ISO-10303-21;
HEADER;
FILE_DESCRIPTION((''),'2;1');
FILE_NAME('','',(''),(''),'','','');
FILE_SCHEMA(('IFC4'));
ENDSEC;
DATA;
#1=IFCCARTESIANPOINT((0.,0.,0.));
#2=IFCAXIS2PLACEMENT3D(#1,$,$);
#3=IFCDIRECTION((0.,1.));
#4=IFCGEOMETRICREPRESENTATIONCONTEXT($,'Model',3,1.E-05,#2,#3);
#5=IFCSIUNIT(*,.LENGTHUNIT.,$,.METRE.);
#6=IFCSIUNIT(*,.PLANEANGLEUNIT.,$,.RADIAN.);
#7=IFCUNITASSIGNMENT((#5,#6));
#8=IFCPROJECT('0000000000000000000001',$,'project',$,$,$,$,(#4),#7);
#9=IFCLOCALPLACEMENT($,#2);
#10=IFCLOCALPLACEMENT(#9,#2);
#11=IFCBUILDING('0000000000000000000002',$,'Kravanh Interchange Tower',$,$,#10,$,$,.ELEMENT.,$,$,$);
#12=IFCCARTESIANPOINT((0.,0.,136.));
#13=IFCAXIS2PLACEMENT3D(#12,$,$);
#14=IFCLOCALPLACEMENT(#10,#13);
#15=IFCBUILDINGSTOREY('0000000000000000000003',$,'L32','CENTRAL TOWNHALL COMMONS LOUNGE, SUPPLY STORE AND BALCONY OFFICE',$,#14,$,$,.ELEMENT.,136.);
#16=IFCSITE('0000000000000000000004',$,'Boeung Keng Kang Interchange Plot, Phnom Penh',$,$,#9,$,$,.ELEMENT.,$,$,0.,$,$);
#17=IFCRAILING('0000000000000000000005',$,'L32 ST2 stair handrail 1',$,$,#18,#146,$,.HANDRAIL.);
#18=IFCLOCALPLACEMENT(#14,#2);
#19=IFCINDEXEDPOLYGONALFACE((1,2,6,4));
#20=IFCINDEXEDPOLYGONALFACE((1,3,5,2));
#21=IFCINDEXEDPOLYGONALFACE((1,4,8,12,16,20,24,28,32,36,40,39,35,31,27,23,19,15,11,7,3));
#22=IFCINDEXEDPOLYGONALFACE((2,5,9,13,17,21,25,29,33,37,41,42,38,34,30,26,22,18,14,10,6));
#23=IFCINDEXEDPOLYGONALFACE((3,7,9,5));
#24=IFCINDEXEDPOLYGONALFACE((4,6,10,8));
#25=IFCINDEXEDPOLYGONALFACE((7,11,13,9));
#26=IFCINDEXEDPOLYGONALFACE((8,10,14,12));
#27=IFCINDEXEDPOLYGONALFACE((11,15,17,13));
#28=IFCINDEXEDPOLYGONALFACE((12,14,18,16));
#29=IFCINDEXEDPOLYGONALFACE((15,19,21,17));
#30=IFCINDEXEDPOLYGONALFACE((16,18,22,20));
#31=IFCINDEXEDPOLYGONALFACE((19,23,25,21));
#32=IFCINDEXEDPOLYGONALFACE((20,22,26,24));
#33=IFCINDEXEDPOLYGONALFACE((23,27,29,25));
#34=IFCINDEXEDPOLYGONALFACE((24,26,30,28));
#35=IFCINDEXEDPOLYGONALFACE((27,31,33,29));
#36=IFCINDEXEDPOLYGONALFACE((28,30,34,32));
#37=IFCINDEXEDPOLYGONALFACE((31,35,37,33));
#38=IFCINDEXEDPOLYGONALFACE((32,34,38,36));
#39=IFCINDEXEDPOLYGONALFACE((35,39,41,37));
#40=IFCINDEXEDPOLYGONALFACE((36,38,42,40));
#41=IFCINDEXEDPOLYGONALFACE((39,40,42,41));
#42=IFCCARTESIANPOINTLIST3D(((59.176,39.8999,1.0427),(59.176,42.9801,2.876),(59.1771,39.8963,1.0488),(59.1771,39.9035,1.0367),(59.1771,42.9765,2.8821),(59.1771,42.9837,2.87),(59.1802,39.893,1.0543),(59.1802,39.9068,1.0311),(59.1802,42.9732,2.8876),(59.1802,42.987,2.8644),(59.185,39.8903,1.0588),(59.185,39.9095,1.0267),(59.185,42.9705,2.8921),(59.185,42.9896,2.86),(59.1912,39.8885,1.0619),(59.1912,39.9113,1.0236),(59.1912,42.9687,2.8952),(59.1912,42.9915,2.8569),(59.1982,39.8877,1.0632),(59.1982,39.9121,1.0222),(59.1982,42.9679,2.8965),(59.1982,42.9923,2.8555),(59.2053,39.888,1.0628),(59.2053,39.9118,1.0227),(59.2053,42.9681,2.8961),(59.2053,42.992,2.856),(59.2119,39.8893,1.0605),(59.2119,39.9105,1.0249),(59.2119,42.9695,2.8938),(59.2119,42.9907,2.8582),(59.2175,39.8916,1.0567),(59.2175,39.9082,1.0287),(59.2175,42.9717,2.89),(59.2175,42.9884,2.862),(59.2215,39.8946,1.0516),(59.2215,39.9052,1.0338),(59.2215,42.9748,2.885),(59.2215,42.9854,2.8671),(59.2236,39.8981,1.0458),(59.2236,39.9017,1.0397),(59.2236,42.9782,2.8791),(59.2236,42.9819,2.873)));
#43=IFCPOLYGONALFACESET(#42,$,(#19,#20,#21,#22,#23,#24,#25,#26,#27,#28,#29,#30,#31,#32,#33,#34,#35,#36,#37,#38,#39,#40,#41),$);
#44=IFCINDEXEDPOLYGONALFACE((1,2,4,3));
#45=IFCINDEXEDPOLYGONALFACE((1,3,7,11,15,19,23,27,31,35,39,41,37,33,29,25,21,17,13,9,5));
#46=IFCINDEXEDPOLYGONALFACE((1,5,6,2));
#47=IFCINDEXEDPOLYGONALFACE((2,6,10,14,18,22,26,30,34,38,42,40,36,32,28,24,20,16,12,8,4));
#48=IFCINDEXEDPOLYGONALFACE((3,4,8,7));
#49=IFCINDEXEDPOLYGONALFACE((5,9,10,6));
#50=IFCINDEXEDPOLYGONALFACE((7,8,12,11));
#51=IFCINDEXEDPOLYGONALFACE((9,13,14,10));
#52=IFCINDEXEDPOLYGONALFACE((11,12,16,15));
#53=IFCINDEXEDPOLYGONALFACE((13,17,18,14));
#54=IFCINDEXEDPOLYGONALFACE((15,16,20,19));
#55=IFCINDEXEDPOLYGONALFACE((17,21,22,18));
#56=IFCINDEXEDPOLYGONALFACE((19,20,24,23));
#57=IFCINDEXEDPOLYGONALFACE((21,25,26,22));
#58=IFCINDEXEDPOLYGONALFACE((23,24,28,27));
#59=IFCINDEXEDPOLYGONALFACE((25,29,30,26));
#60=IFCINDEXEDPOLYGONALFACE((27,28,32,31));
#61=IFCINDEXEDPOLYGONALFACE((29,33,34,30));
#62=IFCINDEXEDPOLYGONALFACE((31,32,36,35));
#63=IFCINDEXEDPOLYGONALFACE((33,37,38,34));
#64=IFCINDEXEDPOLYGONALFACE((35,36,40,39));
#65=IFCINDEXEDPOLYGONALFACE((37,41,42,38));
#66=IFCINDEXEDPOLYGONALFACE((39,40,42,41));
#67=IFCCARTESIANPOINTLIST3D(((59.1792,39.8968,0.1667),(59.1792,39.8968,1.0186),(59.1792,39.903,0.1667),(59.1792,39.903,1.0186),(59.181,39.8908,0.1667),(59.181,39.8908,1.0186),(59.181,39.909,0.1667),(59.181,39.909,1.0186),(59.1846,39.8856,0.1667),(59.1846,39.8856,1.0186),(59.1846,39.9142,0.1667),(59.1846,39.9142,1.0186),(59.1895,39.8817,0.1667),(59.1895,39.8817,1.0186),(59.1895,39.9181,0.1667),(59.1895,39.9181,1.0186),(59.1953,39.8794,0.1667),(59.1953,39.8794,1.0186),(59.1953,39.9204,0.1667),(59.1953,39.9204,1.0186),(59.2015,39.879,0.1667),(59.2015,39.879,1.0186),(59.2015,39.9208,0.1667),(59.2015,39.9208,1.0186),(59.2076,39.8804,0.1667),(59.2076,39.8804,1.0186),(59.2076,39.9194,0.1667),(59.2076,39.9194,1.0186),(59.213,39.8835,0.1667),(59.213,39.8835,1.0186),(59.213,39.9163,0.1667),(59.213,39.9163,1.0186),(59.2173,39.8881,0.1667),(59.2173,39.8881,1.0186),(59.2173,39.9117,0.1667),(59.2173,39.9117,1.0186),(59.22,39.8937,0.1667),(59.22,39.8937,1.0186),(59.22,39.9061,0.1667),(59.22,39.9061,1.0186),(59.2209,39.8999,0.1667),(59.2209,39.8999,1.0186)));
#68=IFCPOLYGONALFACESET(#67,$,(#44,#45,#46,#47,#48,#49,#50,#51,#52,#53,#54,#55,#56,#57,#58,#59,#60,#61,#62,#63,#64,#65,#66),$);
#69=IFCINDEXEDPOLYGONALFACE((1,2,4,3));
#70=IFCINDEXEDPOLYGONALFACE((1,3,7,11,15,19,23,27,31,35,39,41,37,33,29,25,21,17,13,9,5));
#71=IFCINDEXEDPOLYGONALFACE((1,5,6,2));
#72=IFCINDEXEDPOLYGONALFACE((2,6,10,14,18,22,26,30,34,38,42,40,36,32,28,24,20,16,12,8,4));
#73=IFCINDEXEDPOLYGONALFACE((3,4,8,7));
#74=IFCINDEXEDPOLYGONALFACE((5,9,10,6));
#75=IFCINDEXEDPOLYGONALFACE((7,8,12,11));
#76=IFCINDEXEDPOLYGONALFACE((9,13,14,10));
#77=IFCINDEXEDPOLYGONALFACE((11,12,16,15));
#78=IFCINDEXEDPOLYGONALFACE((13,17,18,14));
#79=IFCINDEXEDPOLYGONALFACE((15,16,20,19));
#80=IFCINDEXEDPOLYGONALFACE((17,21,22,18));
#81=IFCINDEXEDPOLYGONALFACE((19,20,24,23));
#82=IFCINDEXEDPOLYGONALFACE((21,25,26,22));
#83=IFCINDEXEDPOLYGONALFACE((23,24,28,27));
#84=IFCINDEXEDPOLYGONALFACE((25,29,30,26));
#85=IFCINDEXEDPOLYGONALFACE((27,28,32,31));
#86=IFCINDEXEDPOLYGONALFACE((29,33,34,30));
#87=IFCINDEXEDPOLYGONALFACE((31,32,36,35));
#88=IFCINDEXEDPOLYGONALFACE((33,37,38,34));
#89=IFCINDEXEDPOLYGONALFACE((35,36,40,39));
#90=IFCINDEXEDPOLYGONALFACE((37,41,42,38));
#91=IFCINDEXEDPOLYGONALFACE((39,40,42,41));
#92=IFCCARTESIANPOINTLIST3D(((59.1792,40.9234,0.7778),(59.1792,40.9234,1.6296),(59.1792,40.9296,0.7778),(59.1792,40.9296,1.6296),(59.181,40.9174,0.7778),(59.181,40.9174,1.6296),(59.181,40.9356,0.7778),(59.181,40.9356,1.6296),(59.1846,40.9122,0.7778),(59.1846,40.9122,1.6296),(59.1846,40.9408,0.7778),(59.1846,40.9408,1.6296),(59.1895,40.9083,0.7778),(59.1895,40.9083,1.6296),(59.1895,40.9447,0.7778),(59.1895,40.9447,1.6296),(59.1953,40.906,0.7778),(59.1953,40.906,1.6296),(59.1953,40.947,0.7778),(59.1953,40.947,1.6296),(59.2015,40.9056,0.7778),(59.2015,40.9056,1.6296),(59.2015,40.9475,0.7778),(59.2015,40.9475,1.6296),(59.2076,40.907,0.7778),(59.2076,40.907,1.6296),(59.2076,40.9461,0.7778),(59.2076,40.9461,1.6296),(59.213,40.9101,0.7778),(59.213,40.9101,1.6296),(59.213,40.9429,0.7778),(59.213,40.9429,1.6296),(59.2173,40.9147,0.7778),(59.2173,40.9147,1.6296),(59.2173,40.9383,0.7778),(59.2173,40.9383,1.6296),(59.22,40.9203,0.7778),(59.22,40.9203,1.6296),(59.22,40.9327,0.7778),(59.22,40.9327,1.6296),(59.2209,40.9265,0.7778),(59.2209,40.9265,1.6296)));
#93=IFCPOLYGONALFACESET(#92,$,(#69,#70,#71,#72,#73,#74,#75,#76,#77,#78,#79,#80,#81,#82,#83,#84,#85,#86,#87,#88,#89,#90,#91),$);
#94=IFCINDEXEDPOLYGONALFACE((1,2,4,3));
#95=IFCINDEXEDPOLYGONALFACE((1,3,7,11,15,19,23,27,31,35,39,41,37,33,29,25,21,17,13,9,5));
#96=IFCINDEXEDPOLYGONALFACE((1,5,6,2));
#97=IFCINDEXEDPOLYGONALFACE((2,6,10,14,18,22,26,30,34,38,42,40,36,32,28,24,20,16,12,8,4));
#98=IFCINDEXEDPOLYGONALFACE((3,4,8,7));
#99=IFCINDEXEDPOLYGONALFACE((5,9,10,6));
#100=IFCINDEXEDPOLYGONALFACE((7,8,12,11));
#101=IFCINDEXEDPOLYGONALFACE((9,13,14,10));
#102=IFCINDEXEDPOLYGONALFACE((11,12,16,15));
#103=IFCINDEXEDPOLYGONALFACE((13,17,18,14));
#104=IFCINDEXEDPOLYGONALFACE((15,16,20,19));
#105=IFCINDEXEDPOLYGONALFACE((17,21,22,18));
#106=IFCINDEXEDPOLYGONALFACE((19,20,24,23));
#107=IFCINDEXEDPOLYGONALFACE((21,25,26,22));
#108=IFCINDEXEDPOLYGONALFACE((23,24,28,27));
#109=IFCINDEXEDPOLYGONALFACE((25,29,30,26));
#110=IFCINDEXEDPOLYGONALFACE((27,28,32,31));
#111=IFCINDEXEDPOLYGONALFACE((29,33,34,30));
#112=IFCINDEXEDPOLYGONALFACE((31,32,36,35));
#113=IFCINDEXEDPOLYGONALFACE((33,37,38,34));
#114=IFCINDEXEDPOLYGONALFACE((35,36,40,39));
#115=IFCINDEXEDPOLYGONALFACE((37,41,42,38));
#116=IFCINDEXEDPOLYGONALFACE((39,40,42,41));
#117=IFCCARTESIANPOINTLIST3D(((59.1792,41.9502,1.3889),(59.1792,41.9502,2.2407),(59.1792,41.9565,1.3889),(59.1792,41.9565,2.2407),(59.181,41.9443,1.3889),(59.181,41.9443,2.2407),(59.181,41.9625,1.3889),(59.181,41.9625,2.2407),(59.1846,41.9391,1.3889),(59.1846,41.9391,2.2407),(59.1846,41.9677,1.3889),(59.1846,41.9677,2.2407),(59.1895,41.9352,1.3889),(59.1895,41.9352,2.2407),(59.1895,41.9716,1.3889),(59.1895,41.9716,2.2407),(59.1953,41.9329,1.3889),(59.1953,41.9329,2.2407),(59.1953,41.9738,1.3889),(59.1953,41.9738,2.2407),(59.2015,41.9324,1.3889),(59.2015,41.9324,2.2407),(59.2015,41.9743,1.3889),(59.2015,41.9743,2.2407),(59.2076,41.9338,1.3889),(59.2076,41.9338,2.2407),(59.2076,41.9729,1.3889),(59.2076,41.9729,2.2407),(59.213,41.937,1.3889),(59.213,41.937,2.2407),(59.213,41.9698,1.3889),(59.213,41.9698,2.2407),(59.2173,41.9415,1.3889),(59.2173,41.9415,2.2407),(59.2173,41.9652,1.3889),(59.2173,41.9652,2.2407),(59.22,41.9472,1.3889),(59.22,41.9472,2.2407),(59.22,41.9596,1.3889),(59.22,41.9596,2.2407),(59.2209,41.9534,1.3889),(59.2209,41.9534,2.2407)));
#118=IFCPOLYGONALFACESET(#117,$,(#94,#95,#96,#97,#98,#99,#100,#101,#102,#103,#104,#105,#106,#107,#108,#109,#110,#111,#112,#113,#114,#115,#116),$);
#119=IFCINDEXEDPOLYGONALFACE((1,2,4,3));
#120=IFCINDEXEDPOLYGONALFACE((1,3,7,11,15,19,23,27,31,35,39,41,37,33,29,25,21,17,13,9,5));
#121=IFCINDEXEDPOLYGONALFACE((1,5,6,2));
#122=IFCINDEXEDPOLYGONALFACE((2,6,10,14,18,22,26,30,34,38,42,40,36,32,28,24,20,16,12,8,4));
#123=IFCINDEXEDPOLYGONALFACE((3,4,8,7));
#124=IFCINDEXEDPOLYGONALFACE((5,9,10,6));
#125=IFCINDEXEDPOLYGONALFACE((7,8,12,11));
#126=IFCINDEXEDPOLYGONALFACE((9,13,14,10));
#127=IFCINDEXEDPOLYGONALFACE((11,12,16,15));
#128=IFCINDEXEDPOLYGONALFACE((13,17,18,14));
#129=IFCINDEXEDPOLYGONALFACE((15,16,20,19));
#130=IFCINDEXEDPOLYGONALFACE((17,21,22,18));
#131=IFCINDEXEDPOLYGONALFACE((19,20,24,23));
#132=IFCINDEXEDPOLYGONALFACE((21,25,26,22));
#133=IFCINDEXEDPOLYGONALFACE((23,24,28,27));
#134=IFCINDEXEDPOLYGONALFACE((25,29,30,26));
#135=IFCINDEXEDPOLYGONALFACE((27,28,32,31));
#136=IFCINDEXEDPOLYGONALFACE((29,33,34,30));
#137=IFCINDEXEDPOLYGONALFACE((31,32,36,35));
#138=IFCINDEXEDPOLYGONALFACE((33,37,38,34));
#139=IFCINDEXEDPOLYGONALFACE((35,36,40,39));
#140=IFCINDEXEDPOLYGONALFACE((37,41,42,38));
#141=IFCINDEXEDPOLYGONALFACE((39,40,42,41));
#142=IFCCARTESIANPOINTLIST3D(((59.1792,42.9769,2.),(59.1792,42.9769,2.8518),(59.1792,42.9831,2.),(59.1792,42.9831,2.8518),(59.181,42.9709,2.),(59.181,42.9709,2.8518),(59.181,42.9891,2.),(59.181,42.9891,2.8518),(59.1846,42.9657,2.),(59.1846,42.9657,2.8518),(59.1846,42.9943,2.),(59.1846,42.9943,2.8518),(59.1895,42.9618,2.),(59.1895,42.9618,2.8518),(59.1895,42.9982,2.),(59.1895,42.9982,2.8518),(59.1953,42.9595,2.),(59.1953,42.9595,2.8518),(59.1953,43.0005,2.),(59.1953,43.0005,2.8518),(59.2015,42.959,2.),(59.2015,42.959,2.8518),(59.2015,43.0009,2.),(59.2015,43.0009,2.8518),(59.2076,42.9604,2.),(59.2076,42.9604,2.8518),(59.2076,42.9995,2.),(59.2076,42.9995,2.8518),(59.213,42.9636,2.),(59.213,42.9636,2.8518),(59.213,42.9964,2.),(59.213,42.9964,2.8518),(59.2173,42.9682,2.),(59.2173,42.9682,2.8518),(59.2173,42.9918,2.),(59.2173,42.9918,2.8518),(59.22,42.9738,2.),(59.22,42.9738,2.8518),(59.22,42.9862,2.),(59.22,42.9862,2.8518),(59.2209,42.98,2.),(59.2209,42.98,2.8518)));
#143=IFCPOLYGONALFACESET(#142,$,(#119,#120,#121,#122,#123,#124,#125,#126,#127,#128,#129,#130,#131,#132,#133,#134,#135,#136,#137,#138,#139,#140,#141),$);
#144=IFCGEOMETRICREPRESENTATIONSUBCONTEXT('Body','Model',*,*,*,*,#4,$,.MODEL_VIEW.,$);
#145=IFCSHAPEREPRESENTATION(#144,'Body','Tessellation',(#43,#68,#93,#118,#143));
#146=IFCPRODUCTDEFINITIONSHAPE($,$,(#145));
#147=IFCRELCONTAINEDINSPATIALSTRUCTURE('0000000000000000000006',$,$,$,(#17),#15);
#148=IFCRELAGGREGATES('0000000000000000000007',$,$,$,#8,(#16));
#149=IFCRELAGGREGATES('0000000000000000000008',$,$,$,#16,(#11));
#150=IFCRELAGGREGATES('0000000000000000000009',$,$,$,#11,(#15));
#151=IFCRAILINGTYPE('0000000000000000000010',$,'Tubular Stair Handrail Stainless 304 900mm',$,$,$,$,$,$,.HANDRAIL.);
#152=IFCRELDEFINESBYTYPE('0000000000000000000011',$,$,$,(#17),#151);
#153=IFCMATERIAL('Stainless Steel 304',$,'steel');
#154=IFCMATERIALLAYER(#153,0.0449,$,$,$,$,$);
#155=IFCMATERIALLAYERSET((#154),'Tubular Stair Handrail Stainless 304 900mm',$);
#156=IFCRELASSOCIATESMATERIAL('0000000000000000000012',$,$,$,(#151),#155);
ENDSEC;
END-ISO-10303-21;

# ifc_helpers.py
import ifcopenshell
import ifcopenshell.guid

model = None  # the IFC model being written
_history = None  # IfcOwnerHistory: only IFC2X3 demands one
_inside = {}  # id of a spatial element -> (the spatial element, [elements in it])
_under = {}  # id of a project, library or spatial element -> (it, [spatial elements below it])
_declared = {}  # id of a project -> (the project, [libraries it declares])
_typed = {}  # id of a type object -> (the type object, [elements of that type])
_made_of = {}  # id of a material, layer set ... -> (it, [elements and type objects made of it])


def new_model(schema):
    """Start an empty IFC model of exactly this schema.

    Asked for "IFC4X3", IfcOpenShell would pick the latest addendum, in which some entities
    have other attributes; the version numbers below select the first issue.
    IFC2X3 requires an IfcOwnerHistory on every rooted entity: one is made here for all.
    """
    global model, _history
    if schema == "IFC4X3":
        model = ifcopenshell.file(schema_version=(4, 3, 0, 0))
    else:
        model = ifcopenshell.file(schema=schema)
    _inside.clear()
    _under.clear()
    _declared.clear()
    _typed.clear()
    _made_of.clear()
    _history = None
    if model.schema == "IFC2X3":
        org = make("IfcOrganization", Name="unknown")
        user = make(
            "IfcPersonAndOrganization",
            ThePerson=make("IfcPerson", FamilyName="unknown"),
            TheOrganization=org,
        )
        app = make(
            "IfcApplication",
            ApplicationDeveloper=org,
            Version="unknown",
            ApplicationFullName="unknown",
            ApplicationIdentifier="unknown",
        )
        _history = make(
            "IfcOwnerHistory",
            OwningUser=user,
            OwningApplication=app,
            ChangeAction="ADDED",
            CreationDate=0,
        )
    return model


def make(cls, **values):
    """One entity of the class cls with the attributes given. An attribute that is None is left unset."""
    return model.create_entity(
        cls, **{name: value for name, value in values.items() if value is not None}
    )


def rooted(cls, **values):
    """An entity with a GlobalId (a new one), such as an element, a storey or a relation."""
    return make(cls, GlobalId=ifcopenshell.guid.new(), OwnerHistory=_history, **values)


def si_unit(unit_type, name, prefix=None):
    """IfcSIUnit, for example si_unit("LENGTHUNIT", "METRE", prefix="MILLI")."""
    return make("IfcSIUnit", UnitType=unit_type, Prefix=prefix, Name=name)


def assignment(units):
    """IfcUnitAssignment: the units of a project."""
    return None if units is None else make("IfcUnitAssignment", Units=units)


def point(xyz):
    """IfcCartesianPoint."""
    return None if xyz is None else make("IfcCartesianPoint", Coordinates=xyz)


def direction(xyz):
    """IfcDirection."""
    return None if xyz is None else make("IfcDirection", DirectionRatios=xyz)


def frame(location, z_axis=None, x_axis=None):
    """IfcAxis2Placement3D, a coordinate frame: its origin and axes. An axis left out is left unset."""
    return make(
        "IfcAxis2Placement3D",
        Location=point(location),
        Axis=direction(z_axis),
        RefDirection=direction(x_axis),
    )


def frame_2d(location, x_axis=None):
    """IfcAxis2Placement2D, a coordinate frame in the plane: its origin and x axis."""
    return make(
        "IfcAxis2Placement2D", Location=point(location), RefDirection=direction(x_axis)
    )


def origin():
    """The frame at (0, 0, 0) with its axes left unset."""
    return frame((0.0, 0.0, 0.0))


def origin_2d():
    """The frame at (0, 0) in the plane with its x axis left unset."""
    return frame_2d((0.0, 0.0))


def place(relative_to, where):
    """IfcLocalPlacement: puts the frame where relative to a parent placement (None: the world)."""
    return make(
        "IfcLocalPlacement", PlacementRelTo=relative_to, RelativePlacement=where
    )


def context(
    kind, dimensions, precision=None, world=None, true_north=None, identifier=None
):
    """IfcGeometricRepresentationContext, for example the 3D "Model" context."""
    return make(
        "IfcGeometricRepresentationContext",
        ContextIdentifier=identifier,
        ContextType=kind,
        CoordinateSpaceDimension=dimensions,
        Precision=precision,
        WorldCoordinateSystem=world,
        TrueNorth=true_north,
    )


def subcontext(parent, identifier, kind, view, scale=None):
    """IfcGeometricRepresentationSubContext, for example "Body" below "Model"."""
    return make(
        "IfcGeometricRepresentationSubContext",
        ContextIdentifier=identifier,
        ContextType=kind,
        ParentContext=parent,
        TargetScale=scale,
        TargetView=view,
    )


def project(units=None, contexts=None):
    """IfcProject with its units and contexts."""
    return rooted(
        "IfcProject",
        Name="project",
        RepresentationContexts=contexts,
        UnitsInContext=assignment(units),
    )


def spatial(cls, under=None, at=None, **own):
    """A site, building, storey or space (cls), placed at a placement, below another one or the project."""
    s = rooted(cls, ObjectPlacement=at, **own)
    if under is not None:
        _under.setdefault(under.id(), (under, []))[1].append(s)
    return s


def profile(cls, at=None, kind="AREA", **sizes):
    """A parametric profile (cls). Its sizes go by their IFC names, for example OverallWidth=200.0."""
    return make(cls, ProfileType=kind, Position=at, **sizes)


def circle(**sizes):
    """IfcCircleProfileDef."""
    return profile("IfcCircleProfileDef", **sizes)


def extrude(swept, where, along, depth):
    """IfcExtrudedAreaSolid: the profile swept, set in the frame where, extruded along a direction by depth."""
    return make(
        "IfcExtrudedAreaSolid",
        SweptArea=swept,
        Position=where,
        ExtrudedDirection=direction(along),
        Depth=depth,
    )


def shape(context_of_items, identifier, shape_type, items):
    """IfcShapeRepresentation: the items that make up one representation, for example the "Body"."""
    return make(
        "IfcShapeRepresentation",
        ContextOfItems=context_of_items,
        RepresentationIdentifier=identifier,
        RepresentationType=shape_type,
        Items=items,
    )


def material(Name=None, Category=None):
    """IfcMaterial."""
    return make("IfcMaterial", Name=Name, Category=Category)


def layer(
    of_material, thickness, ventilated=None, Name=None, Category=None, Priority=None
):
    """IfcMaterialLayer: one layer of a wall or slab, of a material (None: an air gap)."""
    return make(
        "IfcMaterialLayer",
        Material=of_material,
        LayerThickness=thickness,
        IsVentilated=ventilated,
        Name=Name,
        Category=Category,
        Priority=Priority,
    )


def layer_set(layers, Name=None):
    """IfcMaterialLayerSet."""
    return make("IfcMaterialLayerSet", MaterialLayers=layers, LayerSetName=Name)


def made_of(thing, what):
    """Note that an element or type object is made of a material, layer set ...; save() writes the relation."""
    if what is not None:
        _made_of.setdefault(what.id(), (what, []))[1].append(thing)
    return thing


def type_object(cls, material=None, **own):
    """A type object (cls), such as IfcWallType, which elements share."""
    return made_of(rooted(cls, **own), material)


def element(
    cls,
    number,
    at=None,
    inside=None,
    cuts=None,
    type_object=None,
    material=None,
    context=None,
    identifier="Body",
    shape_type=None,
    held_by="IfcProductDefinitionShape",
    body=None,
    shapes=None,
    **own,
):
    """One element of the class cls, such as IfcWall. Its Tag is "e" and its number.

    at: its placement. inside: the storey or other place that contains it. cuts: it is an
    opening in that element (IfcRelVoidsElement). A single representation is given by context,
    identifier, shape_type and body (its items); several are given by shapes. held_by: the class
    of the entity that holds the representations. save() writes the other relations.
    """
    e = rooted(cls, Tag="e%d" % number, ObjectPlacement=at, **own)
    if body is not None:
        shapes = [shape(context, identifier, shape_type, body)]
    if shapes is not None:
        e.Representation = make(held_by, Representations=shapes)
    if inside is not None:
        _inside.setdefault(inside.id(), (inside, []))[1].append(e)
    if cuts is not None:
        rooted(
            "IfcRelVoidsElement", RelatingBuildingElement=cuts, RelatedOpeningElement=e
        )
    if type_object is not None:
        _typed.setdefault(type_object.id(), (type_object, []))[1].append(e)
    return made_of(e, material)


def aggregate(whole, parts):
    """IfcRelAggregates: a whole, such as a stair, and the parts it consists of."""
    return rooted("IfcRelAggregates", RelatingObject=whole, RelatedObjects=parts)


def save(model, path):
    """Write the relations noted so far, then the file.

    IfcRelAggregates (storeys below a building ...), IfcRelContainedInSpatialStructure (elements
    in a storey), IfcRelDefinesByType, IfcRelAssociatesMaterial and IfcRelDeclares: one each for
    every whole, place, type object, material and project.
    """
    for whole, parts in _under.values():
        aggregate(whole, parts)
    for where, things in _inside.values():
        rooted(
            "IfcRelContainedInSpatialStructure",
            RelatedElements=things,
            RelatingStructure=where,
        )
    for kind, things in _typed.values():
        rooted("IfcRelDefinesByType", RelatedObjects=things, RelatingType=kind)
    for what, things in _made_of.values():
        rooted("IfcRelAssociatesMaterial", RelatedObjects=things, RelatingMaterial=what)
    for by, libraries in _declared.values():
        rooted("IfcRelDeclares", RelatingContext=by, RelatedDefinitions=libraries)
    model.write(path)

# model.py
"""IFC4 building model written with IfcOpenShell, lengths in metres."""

from ifc_helpers import new_model, si_unit, direction, frame, origin, origin_2d, place, context, subcontext, project, spatial, circle, extrude, material, layer, layer_set, type_object, element, save


model = new_model("IFC4")

# Units and contexts
model_context = context("Model", 3, precision=1e-05, world=origin(), true_north=direction((0.0, 1.0)))
body_context = subcontext(model_context, "Body", "Model", "MODEL_VIEW")
ifc_project = project(units=[si_unit("LENGTHUNIT", "METRE"), si_unit("PLANEANGLEUNIT", "RADIAN")], contexts=[model_context])

# Site, building, storey
site_placement = place(None, origin())
site = spatial("IfcSite", under=ifc_project, at=site_placement, Name="Boeung Keng Kang Interchange Plot, Phnom Penh", CompositionType="ELEMENT", RefElevation=0.0)
building_placement = place(site_placement, origin())
building = spatial("IfcBuilding", under=site, at=building_placement, Name="Kravanh Interchange Tower", CompositionType="ELEMENT")
storey_placement = place(building_placement, frame((0.0, 0.0, 136.0)))
storey = spatial("IfcBuildingStorey", under=building, at=storey_placement, Name="L32", Description="CENTRAL TOWNHALL COMMONS LOUNGE, SUPPLY STORE AND BALCONY OFFICE", CompositionType="ELEMENT", Elevation=136.0)

# Railing
ifc_material_1 = material(Name="Stainless Steel 304", Category="steel")
ifc_layer_1 = layer(ifc_material_1, 0.0449)
ifc_layer_set_1 = layer_set([ifc_layer_1], Name="Tubular Stair Handrail Stainless 304 900mm")
railing_type_1 = type_object("IfcRailingType", Name="Tubular Stair Handrail Stainless 304 900mm", PredefinedType="HANDRAIL", material=ifc_layer_set_1)
railing_1_placement = place(storey_placement, frame((59.2, 39.8999, 0.1667)))
element("IfcRailing", 1, at=railing_1_placement, inside=storey, type_object=railing_type_1, Name="L32 ST2 stair handrail 1", PredefinedType="HANDRAIL", context=body_context, shape_type="SweptSolid", body=[
    extrude(circle(Radius=0.0239, at=origin_2d()), frame((0.0, 0.0, 0.876), z_axis=(0.0, 0.859309, 0.511458), x_axis=(-1.0, 0.0, 0.0)), (0.0, 0.0, 1.0), 3.5845),
    extrude(circle(Radius=0.021, at=origin_2d()), origin(), (0.0, 0.0, 1.0), 0.8518),
    extrude(circle(Radius=0.021, at=origin_2d()), frame((0.0, 1.0266, 0.6111)), (0.0, 0.0, 1.0), 0.8518),
    extrude(circle(Radius=0.021, at=origin_2d()), frame((0.0, 2.0535, 1.2222)), (0.0, 0.0, 1.0), 0.8518),
    extrude(circle(Radius=0.021, at=origin_2d()), frame((0.0, 3.0801, 1.8333)), (0.0, 0.0, 1.0), 0.8518),
])

save(model, "model.ifc")
